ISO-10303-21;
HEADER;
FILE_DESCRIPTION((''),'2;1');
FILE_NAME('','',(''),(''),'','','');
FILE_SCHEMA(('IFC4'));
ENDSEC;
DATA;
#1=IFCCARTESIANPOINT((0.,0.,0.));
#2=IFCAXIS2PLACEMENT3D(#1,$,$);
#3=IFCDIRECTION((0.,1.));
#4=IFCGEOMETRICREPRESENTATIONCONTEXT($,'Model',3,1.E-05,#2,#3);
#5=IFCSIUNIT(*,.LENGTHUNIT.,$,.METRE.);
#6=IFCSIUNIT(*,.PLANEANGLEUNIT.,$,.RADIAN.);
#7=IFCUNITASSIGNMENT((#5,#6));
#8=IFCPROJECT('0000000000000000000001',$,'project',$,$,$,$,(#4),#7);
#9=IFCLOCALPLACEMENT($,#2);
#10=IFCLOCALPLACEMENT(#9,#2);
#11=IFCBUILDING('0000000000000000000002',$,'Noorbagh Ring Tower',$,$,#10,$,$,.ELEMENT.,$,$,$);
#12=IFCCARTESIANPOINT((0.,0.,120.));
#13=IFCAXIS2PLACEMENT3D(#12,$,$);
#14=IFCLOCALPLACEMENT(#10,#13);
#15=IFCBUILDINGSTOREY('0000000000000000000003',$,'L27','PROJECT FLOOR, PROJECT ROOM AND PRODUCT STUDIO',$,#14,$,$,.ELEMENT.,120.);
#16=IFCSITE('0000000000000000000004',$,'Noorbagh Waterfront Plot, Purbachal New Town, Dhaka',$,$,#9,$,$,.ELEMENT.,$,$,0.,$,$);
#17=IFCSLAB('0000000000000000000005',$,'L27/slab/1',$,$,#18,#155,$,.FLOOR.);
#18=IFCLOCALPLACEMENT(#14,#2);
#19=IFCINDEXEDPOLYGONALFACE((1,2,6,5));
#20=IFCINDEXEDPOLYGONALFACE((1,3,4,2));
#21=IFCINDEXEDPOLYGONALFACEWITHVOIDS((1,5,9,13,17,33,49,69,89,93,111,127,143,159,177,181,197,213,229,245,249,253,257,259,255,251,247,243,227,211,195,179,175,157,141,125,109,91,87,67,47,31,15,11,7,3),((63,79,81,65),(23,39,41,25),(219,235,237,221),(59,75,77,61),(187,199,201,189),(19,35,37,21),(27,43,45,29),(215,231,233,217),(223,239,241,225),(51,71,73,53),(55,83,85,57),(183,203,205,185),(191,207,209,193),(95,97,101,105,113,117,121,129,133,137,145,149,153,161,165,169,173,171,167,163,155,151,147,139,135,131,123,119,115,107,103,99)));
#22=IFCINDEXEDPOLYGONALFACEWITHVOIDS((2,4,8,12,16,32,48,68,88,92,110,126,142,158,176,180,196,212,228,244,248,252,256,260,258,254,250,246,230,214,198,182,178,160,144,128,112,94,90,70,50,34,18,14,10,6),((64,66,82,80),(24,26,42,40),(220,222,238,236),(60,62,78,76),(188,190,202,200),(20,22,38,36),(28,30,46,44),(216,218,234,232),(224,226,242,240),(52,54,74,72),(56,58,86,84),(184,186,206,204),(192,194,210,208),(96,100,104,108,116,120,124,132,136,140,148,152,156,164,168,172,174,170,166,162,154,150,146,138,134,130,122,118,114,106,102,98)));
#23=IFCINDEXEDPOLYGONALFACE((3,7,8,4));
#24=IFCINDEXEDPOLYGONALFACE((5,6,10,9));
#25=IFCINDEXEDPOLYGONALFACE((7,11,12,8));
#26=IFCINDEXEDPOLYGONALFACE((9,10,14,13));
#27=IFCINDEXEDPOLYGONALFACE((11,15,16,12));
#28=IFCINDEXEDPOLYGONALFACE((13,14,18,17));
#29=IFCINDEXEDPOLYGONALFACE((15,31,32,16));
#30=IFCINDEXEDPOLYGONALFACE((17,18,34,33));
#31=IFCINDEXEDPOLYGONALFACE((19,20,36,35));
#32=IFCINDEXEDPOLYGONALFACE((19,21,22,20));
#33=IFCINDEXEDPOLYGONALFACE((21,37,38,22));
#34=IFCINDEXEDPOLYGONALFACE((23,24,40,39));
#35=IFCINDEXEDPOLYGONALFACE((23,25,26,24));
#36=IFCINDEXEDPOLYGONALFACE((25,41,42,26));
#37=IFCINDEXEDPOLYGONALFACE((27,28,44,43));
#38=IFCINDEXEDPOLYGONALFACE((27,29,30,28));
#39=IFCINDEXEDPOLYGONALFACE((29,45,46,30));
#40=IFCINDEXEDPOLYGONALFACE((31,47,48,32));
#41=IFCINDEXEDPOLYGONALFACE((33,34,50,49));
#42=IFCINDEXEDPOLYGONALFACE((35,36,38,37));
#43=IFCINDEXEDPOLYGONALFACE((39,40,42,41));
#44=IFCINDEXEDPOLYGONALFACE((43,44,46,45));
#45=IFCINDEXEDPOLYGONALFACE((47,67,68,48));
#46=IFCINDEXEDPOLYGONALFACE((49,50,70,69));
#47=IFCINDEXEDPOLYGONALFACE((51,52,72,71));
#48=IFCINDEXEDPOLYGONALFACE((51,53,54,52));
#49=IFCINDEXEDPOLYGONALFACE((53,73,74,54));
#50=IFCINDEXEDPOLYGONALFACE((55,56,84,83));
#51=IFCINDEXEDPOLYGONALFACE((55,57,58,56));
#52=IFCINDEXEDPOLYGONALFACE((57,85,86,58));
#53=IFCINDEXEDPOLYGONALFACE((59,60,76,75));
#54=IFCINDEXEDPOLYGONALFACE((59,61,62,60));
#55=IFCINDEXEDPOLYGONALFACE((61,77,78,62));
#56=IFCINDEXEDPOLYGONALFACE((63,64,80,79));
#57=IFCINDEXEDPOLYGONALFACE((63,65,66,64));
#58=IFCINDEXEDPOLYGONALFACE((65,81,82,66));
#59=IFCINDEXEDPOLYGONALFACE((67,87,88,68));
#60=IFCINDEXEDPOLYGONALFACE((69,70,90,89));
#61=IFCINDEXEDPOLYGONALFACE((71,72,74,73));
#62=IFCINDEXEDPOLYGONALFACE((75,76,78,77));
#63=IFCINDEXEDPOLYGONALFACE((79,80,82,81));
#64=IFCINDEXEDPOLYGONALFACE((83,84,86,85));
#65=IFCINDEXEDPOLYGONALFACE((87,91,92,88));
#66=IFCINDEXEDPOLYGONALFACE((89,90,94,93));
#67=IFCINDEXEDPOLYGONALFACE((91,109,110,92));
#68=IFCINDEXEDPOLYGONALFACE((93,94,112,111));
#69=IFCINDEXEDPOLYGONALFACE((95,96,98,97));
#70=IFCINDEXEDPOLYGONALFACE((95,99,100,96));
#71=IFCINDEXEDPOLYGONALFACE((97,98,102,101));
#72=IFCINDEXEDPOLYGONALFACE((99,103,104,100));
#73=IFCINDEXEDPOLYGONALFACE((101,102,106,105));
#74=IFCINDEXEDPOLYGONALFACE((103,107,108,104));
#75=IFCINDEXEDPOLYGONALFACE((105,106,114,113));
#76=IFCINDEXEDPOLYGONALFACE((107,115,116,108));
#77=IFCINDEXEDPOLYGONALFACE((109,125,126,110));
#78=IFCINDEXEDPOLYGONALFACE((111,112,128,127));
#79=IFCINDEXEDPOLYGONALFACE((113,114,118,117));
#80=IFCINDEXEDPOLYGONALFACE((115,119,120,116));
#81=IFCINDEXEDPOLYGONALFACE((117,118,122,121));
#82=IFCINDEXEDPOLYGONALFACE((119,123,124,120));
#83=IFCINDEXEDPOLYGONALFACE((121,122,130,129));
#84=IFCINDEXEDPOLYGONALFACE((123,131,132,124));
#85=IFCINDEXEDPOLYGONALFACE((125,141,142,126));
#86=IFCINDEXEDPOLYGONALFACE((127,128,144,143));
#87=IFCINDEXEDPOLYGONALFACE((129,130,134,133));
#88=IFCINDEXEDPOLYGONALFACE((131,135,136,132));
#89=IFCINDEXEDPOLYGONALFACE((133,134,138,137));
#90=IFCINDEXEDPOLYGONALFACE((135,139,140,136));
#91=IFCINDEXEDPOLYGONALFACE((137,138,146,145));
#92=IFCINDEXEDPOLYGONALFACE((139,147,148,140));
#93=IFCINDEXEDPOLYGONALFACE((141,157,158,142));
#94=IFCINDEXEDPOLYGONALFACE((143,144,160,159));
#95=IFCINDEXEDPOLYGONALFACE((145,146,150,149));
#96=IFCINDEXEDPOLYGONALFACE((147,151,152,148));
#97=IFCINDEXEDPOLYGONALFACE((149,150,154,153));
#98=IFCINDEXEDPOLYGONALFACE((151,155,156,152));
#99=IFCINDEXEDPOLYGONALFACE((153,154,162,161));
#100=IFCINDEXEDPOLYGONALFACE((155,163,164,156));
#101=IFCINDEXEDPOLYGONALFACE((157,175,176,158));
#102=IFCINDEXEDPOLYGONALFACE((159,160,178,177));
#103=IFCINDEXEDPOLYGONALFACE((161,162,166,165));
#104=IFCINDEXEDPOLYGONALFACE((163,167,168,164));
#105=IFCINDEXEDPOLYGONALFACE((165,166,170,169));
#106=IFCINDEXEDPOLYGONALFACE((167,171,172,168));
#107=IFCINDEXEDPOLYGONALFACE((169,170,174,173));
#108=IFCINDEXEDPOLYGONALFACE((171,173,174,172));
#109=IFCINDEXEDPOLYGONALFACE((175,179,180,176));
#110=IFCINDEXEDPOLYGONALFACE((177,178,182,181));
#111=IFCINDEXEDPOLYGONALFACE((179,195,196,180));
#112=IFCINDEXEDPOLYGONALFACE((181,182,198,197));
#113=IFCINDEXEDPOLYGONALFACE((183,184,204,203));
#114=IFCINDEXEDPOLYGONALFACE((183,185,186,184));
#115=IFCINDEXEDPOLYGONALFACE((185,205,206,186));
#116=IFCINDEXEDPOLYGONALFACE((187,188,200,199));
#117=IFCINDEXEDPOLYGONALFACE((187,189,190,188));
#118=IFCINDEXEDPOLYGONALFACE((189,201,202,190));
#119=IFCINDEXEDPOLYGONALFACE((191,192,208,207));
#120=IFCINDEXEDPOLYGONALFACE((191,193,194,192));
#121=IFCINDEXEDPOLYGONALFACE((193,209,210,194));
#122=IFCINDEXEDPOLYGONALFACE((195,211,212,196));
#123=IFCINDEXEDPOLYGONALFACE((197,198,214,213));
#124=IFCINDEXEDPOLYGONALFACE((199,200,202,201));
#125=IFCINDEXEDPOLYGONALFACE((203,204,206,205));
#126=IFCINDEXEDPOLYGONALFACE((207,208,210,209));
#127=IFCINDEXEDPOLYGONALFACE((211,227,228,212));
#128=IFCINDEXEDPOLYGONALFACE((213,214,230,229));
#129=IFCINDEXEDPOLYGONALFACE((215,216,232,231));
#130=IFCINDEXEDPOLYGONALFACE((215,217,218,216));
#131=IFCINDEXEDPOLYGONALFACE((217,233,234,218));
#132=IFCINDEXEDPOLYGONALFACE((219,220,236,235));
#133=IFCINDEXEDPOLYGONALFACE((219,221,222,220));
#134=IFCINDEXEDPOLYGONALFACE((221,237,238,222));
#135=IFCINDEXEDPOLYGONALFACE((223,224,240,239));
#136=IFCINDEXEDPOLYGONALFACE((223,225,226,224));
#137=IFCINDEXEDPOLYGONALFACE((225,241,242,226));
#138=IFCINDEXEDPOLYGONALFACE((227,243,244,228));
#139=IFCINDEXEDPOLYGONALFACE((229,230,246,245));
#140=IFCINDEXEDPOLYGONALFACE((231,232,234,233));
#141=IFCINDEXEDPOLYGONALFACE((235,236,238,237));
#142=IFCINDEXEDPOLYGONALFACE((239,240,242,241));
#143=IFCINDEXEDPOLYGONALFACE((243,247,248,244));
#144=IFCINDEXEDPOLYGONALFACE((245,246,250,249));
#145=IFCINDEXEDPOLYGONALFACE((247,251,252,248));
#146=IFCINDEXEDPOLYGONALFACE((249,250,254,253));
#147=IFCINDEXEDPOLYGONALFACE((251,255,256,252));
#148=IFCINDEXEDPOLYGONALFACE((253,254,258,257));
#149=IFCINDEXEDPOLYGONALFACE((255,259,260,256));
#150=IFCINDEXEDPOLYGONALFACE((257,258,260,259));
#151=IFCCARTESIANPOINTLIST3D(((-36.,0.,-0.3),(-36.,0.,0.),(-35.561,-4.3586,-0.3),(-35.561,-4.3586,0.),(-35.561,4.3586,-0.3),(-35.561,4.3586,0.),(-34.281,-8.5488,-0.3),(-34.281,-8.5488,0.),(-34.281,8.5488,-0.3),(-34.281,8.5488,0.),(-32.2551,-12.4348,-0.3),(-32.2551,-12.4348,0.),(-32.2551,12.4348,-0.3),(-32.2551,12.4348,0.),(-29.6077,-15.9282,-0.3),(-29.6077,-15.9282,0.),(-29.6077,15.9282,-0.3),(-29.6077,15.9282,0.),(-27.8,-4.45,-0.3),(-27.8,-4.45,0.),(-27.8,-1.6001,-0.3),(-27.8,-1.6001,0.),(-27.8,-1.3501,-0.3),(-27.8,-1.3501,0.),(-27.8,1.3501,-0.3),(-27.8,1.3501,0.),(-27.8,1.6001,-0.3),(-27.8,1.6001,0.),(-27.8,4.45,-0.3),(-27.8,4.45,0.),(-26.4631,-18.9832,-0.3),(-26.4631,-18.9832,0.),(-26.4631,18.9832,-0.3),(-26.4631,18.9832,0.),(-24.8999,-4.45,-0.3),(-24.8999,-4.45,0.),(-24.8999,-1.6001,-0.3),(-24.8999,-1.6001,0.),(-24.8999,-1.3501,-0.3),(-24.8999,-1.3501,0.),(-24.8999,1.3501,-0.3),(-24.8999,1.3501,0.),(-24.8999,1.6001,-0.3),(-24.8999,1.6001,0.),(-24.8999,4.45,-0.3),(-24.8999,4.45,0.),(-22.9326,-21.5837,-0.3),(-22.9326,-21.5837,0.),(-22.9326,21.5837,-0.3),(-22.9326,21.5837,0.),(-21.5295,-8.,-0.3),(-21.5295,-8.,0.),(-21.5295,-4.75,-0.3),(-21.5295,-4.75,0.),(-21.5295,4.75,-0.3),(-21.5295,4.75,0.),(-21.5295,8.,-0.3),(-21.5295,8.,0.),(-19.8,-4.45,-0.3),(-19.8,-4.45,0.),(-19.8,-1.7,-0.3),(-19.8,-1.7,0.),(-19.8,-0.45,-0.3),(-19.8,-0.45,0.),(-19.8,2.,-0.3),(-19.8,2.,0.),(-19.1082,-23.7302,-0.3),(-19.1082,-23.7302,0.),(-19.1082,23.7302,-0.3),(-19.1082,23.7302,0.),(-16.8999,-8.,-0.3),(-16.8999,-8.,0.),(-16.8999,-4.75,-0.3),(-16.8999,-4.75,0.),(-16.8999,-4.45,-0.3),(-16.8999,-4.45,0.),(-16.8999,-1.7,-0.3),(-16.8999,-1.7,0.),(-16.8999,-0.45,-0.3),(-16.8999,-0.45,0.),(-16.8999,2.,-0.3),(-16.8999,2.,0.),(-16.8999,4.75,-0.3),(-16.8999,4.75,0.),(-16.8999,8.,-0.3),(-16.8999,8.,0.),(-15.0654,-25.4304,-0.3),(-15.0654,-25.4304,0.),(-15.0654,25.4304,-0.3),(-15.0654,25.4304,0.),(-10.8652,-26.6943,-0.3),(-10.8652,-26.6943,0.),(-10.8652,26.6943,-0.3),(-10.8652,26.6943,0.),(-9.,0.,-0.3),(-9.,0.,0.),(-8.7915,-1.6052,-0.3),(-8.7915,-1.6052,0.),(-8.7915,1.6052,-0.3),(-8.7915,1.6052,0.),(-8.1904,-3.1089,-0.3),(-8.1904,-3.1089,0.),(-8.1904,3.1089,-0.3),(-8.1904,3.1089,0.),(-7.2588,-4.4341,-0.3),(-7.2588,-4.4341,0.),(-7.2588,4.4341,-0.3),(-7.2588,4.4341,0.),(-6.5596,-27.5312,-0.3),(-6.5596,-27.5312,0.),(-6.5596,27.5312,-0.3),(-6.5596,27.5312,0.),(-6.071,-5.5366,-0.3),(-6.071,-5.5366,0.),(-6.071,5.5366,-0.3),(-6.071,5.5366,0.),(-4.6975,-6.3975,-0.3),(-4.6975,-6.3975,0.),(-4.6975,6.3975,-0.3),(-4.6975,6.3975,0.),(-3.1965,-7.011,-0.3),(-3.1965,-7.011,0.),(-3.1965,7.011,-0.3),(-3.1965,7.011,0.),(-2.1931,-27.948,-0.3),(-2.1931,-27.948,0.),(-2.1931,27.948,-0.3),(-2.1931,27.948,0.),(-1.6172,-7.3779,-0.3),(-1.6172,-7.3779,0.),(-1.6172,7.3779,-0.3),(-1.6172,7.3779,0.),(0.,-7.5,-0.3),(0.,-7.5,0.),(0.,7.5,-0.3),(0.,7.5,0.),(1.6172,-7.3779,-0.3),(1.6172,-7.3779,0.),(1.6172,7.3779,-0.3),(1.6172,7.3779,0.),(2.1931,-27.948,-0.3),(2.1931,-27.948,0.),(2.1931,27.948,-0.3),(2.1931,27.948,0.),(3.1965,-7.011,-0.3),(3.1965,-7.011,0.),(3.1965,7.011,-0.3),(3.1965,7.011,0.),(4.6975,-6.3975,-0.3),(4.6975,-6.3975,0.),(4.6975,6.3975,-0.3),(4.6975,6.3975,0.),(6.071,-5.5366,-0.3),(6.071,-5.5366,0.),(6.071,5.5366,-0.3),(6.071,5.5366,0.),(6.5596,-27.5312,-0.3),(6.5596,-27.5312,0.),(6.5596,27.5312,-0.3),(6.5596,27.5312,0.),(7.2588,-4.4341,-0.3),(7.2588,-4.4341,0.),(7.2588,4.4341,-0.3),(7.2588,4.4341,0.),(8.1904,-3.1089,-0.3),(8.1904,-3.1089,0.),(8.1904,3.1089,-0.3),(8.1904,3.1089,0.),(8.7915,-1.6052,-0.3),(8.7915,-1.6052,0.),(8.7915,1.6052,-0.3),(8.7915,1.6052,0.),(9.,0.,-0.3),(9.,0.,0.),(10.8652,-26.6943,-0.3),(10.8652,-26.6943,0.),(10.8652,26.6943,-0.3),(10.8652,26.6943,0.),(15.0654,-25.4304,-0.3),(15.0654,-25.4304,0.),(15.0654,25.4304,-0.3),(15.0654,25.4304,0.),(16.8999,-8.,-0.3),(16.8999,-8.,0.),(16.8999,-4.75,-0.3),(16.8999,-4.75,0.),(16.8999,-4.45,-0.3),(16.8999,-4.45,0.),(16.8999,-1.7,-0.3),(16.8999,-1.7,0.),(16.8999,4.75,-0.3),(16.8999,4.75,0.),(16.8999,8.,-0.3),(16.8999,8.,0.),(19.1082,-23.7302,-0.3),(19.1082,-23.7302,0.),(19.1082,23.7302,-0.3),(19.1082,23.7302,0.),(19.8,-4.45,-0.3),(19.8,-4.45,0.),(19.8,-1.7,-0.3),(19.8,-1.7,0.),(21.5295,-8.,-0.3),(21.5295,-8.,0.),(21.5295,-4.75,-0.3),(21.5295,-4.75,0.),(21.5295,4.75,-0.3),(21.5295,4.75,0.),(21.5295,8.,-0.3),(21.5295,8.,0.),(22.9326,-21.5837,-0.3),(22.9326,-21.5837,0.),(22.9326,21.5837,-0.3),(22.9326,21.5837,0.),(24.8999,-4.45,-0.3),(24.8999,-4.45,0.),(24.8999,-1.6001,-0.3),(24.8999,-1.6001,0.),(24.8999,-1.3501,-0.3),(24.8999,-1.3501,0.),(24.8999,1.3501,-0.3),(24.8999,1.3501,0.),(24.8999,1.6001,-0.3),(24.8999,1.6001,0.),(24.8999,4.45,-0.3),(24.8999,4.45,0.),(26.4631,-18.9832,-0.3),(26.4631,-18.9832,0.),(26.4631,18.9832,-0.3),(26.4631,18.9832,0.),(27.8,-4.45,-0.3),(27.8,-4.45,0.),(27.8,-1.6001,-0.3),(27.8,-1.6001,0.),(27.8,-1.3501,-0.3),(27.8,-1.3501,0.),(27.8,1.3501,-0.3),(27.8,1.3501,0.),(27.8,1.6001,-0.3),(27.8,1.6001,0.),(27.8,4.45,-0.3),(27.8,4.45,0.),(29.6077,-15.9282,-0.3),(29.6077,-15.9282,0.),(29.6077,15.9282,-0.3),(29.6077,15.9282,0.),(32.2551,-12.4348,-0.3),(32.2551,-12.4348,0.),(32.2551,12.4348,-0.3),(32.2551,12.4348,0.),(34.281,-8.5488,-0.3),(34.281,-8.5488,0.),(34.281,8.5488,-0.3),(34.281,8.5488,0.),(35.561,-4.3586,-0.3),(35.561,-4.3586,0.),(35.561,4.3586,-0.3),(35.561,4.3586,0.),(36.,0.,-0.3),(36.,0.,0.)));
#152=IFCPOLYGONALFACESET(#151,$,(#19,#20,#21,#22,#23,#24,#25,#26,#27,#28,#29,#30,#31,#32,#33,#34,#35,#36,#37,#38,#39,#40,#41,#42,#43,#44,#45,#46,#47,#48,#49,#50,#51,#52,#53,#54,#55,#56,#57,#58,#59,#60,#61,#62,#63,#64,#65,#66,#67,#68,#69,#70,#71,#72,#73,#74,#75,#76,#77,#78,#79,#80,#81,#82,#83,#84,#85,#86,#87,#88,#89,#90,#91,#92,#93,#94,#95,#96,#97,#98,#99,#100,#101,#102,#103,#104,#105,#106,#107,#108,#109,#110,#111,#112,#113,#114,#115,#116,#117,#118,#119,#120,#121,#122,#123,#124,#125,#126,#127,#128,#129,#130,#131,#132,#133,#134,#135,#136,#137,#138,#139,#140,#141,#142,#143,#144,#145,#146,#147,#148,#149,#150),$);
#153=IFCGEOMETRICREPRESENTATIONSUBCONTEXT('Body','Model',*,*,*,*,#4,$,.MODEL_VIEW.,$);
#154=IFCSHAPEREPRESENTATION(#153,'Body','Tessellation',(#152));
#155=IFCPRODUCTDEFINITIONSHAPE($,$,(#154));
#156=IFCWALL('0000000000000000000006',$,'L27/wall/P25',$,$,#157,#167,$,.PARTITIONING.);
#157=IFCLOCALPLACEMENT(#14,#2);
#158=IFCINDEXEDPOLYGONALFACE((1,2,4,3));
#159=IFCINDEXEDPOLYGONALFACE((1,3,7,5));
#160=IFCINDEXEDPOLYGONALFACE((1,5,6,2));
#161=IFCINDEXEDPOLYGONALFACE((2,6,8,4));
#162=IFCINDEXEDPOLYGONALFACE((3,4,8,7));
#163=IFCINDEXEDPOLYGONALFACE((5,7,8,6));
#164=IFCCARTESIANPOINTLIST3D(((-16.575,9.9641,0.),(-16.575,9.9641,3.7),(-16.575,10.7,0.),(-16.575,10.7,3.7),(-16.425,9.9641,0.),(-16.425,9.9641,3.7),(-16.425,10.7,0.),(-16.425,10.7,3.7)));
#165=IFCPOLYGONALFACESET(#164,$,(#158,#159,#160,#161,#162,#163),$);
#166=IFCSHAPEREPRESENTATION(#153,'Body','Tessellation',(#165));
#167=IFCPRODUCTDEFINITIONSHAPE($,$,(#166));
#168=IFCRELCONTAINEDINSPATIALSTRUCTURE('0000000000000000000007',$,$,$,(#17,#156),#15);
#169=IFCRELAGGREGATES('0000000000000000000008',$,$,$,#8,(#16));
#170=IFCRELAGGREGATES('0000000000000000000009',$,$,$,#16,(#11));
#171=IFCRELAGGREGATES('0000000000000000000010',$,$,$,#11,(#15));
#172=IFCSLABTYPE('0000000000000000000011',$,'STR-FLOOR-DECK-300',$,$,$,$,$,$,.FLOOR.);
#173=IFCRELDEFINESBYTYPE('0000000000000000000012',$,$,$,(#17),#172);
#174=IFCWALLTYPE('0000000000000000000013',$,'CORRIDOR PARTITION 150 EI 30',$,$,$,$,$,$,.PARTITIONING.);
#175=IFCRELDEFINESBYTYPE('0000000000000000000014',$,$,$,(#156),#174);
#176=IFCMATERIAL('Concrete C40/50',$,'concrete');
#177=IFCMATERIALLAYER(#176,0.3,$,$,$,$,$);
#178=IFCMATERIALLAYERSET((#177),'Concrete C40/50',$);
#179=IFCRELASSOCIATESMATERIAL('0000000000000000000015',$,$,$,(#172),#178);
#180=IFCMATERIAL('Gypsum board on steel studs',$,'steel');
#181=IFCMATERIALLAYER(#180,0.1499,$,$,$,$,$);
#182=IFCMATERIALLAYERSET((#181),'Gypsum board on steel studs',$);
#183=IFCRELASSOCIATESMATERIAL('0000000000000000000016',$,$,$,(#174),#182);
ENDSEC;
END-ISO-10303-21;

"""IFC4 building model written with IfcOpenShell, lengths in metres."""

from ifc_helpers import new_model, si_unit, direction, frame, frame_2d, origin, place, context, subcontext, project, spatial, polyline, rectangle, outline, extrude, material, layer, layer_set, type_object, element, save


model = new_model("IFC4")

# Units and contexts
model_context = context("Model", 3, precision=1e-05, world=origin(), true_north=direction((0.0, 1.0)))
body_context = subcontext(model_context, "Body", "Model", "MODEL_VIEW")
ifc_project = project(units=[si_unit("LENGTHUNIT", "METRE"), si_unit("PLANEANGLEUNIT", "RADIAN")], contexts=[model_context])

# Site, building, storey
site_placement = place(None, origin())
site = spatial("IfcSite", under=ifc_project, at=site_placement, Name="Noorbagh Waterfront Plot, Purbachal New Town, Dhaka", CompositionType="ELEMENT", RefElevation=0.0)
building_placement = place(site_placement, origin())
building = spatial("IfcBuilding", under=site, at=building_placement, Name="Noorbagh Ring Tower", CompositionType="ELEMENT")
storey_placement = place(building_placement, frame((0.0, 0.0, 120.0)))
storey = spatial("IfcBuildingStorey", under=building, at=storey_placement, Name="L27", Description="PROJECT FLOOR, PROJECT ROOM AND PRODUCT STUDIO", CompositionType="ELEMENT", Elevation=120.0)

# Slab
ifc_material_1 = material(Name="Concrete C40/50", Category="concrete")
ifc_layer_1 = layer(ifc_material_1, 0.3)
ifc_layer_set_1 = layer_set([ifc_layer_1], Name="Concrete C40/50")
slab_type_1 = type_object("IfcSlabType", Name="STR-FLOOR-DECK-300", PredefinedType="FLOOR", material=ifc_layer_set_1)
slab_1_placement = place(storey_placement, frame((0.0, 0.0, -0.3)))
element("IfcSlab", 1, at=slab_1_placement, inside=storey, type_object=slab_type_1, Name="L27/slab/1", PredefinedType="FLOOR", context=body_context, shape_type="SweptSolid", body=[
    extrude(outline(polyline([(36.0, 0.0), (35.561, 4.3586), (34.281, 8.5488), (32.2551, 12.4348), (29.6077, 15.9282), (26.4631, 18.9832), (22.9326, 21.5837), (19.1082, 23.7302), (15.0654, 25.4304), (10.8652, 26.6943), (6.5596, 27.5312), (2.1931, 27.948), (-2.1931, 27.948), (-6.5596, 27.5312), (-10.8652, 26.6943), (-15.0654, 25.4304), (-19.1082, 23.7302), (-22.9326, 21.5837), (-26.4631, 18.9832), (-29.6077, 15.9282), (-32.2551, 12.4348), (-34.281, 8.5488), (-35.561, 4.3586), (-36.0, 0.0), (-35.561, -4.3586), (-34.281, -8.5488), (-32.2551, -12.4348), (-29.6077, -15.9282), (-26.4631, -18.9832), (-22.9326, -21.5837), (-19.1082, -23.7302), (-15.0654, -25.4304), (-10.8652, -26.6943), (-6.5596, -27.5312), (-2.1931, -27.948), (2.1931, -27.948), (6.5596, -27.5312), (10.8652, -26.6943), (15.0654, -25.4304), (19.1082, -23.7302), (22.9326, -21.5837), (26.4631, -18.9832), (29.6077, -15.9282), (32.2551, -12.4348), (34.281, -8.5488), (35.561, -4.3586), (36.0, 0.0)]), holes=[polyline([(24.8999, -1.6001), (27.8, -1.6001), (27.8, -4.45), (24.8999, -4.45), (24.8999, -1.6001)]), polyline([(24.8999, 1.3501), (27.8, 1.3501), (27.8, -1.3501), (24.8999, -1.3501), (24.8999, 1.3501)]), polyline([(24.8999, 4.45), (27.8, 4.45), (27.8, 1.6001), (24.8999, 1.6001), (24.8999, 4.45)]), polyline([(21.5295, -4.75), (21.5295, -8.0), (16.8999, -8.0), (16.8999, -4.75), (21.5295, -4.75)]), polyline([(21.5295, 4.75), (16.8999, 4.75), (16.8999, 8.0), (21.5295, 8.0), (21.5295, 4.75)]), polyline([(16.8999, -1.7), (19.8, -1.7), (19.8, -4.45), (16.8999, -4.45), (16.8999, -1.7)]), polyline([(4.6975, -6.3975), (3.1965, -7.011), (1.6172, -7.3779), (0.0, -7.5), (-1.6172, -7.3779), (-3.1965, -7.011), (-4.6975, -6.3975), (-6.071, -5.5366), (-7.2588, -4.4341), (-8.1904, -3.1089), (-8.7915, -1.6052), (-9.0, 0.0), (-8.7915, 1.6052), (-8.1904, 3.1089), (-7.2588, 4.4341), (-6.071, 5.5366), (-4.6975, 6.3975), (-3.1965, 7.011), (-1.6172, 7.3779), (0.0, 7.5), (1.6172, 7.3779), (3.1965, 7.011), (4.6975, 6.3975), (6.071, 5.5366), (7.2588, 4.4341), (8.1904, 3.1089), (8.7915, 1.6052), (9.0, 0.0), (8.7915, -1.6052), (8.1904, -3.1089), (7.2588, -4.4341), (6.071, -5.5366), (4.6975, -6.3975)]), polyline([(-21.5295, -8.0), (-21.5295, -4.75), (-16.8999, -4.75), (-16.8999, -8.0), (-21.5295, -8.0)]), polyline([(-21.5295, 8.0), (-16.8999, 8.0), (-16.8999, 4.75), (-21.5295, 4.75), (-21.5295, 8.0)]), polyline([(-16.8999, -4.45), (-19.8, -4.45), (-19.8, -1.7), (-16.8999, -1.7), (-16.8999, -4.45)]), polyline([(-16.8999, -0.45), (-19.8, -0.45), (-19.8, 2.0), (-16.8999, 2.0), (-16.8999, -0.45)]), polyline([(-24.8999, -4.45), (-27.8, -4.45), (-27.8, -1.6001), (-24.8999, -1.6001), (-24.8999, -4.45)]), polyline([(-24.8999, -1.3501), (-27.8, -1.3501), (-27.8, 1.3501), (-24.8999, 1.3501), (-24.8999, -1.3501)]), polyline([(-24.8999, 1.6001), (-27.8, 1.6001), (-27.8, 4.45), (-24.8999, 4.45), (-24.8999, 1.6001)])]), origin(), (0.0, 0.0, 1.0), 0.3),
])

# Wall
ifc_material_2 = material(Name="Gypsum board on steel studs", Category="steel")
ifc_layer_2 = layer(ifc_material_2, 0.1499)
ifc_layer_set_2 = layer_set([ifc_layer_2], Name="Gypsum board on steel studs")
wall_type_1 = type_object("IfcWallType", Name="CORRIDOR PARTITION 150 EI 30", PredefinedType="PARTITIONING", material=ifc_layer_set_2)
wall_1_placement = place(storey_placement, frame((-16.5, 9.9641, 0.0), z_axis=(0.0, 0.0, 1.0), x_axis=(0.0, 1.0, 0.0)))
element("IfcWall", 2, at=wall_1_placement, inside=storey, type_object=wall_type_1, Name="L27/wall/P25", PredefinedType="PARTITIONING", context=body_context, shape_type="SweptSolid", body=[
    extrude(rectangle(XDim=0.7358, YDim=0.1499, at=frame_2d((0.3679, 0.0))), origin(), (0.0, 0.0, 1.0), 3.7),
])

save(model, "model.ifc")
